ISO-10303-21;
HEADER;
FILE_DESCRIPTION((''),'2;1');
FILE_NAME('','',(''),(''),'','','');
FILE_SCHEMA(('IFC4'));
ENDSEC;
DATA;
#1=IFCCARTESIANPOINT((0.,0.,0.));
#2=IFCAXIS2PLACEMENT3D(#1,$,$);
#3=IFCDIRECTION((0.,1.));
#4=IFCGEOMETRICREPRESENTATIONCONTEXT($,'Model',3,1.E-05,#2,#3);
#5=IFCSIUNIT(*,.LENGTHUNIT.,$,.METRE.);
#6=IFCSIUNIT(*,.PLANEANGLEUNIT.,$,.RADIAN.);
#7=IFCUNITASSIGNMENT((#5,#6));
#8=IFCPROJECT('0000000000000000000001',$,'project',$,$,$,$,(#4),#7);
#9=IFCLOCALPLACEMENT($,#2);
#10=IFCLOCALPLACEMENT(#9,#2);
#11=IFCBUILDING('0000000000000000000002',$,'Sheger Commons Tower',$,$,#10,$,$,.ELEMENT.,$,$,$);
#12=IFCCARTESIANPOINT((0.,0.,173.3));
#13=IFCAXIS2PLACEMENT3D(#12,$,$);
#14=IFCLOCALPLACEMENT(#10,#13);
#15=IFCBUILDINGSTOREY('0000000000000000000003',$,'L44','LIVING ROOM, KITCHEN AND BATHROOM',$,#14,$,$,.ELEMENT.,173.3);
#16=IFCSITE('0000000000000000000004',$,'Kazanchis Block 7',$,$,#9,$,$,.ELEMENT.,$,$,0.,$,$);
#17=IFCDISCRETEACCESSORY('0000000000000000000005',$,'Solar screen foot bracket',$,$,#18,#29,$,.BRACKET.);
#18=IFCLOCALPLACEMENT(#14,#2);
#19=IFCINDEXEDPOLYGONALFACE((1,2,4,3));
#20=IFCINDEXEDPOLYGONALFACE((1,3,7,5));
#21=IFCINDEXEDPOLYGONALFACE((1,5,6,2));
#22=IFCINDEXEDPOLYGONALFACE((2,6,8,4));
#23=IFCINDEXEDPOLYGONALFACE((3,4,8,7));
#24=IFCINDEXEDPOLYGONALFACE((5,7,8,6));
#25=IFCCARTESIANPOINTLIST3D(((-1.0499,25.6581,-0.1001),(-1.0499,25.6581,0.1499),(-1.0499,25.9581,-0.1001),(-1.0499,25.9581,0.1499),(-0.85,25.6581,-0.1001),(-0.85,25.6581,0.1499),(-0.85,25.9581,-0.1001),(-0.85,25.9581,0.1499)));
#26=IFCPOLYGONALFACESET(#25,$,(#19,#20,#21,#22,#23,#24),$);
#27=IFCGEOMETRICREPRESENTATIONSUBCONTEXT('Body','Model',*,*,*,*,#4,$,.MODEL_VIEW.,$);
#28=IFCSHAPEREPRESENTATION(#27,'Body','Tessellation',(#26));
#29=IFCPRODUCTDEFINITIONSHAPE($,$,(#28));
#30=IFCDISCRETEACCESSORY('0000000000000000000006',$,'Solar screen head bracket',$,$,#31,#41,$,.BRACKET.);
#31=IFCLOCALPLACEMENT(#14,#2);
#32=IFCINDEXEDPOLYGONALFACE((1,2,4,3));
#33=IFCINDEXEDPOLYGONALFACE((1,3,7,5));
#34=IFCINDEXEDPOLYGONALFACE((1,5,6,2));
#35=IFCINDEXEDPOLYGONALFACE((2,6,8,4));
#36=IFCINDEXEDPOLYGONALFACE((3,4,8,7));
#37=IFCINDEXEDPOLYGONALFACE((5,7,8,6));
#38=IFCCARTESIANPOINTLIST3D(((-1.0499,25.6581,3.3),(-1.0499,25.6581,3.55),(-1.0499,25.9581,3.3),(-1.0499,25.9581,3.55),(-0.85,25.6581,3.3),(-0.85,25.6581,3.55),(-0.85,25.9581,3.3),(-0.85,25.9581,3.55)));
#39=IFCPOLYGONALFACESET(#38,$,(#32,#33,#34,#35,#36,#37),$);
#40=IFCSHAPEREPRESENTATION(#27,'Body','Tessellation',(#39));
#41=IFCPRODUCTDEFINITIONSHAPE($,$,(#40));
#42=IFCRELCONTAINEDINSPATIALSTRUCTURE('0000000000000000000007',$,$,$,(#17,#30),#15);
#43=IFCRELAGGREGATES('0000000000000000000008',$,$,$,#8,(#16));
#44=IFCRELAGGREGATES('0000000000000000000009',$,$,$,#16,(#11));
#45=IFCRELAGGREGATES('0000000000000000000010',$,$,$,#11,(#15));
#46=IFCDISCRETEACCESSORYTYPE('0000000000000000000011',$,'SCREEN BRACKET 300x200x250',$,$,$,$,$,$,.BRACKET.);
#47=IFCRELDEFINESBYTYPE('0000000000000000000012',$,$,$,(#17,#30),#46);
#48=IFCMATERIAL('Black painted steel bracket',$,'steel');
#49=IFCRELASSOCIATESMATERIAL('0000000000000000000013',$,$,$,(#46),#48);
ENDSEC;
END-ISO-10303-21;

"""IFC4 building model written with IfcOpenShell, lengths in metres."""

from ifc_helpers import new_model, si_unit, direction, frame, origin, origin_2d, place, context, subcontext, project, spatial, rectangle, extrude, material, type_object, element, save


model = new_model("IFC4")

# Units and contexts
model_context = context("Model", 3, precision=1e-05, world=origin(), true_north=direction((0.0, 1.0)))
body_context = subcontext(model_context, "Body", "Model", "MODEL_VIEW")
ifc_project = project(units=[si_unit("LENGTHUNIT", "METRE"), si_unit("PLANEANGLEUNIT", "RADIAN")], contexts=[model_context])

# Site, building, storey
site_placement = place(None, origin())
site = spatial("IfcSite", under=ifc_project, at=site_placement, Name="Kazanchis Block 7", CompositionType="ELEMENT", RefElevation=0.0)
building_placement = place(site_placement, origin())
building = spatial("IfcBuilding", under=site, at=building_placement, Name="Sheger Commons Tower", CompositionType="ELEMENT")
storey_placement = place(building_placement, frame((0.0, 0.0, 173.3)))
storey = spatial("IfcBuildingStorey", under=building, at=storey_placement, Name="L44", Description="LIVING ROOM, KITCHEN AND BATHROOM", CompositionType="ELEMENT", Elevation=173.3)

# Discrete accessories
ifc_material_1 = material(Name="Black painted steel bracket", Category="steel")
discrete_accessory_type = type_object("IfcDiscreteAccessoryType", Name="SCREEN BRACKET 300x200x250", PredefinedType="BRACKET", material=ifc_material_1)
for number, where, z_axis, x_axis, name in (
    (1, (-0.95, 25.8081, -0.1001), (0.0, 0.0, 1.0), (0.0, -1.0, 0.0), "Solar screen foot bracket"),
    (2, (-0.95, 25.8081, 3.3), (0.0, 0.0, 1.0), (0.0, -1.0, 0.0), "Solar screen head bracket"),
):
    element("IfcDiscreteAccessory", number, at=place(storey_placement, frame(where, z_axis=z_axis, x_axis=x_axis)), inside=storey, type_object=discrete_accessory_type, Name=name, PredefinedType="BRACKET", context=body_context, shape_type="SweptSolid", body=[
        extrude(rectangle(XDim=0.3, YDim=0.2, at=origin_2d()), origin(), (0.0, 0.0, 1.0), 0.25),
    ])

save(model, "model.ifc")
